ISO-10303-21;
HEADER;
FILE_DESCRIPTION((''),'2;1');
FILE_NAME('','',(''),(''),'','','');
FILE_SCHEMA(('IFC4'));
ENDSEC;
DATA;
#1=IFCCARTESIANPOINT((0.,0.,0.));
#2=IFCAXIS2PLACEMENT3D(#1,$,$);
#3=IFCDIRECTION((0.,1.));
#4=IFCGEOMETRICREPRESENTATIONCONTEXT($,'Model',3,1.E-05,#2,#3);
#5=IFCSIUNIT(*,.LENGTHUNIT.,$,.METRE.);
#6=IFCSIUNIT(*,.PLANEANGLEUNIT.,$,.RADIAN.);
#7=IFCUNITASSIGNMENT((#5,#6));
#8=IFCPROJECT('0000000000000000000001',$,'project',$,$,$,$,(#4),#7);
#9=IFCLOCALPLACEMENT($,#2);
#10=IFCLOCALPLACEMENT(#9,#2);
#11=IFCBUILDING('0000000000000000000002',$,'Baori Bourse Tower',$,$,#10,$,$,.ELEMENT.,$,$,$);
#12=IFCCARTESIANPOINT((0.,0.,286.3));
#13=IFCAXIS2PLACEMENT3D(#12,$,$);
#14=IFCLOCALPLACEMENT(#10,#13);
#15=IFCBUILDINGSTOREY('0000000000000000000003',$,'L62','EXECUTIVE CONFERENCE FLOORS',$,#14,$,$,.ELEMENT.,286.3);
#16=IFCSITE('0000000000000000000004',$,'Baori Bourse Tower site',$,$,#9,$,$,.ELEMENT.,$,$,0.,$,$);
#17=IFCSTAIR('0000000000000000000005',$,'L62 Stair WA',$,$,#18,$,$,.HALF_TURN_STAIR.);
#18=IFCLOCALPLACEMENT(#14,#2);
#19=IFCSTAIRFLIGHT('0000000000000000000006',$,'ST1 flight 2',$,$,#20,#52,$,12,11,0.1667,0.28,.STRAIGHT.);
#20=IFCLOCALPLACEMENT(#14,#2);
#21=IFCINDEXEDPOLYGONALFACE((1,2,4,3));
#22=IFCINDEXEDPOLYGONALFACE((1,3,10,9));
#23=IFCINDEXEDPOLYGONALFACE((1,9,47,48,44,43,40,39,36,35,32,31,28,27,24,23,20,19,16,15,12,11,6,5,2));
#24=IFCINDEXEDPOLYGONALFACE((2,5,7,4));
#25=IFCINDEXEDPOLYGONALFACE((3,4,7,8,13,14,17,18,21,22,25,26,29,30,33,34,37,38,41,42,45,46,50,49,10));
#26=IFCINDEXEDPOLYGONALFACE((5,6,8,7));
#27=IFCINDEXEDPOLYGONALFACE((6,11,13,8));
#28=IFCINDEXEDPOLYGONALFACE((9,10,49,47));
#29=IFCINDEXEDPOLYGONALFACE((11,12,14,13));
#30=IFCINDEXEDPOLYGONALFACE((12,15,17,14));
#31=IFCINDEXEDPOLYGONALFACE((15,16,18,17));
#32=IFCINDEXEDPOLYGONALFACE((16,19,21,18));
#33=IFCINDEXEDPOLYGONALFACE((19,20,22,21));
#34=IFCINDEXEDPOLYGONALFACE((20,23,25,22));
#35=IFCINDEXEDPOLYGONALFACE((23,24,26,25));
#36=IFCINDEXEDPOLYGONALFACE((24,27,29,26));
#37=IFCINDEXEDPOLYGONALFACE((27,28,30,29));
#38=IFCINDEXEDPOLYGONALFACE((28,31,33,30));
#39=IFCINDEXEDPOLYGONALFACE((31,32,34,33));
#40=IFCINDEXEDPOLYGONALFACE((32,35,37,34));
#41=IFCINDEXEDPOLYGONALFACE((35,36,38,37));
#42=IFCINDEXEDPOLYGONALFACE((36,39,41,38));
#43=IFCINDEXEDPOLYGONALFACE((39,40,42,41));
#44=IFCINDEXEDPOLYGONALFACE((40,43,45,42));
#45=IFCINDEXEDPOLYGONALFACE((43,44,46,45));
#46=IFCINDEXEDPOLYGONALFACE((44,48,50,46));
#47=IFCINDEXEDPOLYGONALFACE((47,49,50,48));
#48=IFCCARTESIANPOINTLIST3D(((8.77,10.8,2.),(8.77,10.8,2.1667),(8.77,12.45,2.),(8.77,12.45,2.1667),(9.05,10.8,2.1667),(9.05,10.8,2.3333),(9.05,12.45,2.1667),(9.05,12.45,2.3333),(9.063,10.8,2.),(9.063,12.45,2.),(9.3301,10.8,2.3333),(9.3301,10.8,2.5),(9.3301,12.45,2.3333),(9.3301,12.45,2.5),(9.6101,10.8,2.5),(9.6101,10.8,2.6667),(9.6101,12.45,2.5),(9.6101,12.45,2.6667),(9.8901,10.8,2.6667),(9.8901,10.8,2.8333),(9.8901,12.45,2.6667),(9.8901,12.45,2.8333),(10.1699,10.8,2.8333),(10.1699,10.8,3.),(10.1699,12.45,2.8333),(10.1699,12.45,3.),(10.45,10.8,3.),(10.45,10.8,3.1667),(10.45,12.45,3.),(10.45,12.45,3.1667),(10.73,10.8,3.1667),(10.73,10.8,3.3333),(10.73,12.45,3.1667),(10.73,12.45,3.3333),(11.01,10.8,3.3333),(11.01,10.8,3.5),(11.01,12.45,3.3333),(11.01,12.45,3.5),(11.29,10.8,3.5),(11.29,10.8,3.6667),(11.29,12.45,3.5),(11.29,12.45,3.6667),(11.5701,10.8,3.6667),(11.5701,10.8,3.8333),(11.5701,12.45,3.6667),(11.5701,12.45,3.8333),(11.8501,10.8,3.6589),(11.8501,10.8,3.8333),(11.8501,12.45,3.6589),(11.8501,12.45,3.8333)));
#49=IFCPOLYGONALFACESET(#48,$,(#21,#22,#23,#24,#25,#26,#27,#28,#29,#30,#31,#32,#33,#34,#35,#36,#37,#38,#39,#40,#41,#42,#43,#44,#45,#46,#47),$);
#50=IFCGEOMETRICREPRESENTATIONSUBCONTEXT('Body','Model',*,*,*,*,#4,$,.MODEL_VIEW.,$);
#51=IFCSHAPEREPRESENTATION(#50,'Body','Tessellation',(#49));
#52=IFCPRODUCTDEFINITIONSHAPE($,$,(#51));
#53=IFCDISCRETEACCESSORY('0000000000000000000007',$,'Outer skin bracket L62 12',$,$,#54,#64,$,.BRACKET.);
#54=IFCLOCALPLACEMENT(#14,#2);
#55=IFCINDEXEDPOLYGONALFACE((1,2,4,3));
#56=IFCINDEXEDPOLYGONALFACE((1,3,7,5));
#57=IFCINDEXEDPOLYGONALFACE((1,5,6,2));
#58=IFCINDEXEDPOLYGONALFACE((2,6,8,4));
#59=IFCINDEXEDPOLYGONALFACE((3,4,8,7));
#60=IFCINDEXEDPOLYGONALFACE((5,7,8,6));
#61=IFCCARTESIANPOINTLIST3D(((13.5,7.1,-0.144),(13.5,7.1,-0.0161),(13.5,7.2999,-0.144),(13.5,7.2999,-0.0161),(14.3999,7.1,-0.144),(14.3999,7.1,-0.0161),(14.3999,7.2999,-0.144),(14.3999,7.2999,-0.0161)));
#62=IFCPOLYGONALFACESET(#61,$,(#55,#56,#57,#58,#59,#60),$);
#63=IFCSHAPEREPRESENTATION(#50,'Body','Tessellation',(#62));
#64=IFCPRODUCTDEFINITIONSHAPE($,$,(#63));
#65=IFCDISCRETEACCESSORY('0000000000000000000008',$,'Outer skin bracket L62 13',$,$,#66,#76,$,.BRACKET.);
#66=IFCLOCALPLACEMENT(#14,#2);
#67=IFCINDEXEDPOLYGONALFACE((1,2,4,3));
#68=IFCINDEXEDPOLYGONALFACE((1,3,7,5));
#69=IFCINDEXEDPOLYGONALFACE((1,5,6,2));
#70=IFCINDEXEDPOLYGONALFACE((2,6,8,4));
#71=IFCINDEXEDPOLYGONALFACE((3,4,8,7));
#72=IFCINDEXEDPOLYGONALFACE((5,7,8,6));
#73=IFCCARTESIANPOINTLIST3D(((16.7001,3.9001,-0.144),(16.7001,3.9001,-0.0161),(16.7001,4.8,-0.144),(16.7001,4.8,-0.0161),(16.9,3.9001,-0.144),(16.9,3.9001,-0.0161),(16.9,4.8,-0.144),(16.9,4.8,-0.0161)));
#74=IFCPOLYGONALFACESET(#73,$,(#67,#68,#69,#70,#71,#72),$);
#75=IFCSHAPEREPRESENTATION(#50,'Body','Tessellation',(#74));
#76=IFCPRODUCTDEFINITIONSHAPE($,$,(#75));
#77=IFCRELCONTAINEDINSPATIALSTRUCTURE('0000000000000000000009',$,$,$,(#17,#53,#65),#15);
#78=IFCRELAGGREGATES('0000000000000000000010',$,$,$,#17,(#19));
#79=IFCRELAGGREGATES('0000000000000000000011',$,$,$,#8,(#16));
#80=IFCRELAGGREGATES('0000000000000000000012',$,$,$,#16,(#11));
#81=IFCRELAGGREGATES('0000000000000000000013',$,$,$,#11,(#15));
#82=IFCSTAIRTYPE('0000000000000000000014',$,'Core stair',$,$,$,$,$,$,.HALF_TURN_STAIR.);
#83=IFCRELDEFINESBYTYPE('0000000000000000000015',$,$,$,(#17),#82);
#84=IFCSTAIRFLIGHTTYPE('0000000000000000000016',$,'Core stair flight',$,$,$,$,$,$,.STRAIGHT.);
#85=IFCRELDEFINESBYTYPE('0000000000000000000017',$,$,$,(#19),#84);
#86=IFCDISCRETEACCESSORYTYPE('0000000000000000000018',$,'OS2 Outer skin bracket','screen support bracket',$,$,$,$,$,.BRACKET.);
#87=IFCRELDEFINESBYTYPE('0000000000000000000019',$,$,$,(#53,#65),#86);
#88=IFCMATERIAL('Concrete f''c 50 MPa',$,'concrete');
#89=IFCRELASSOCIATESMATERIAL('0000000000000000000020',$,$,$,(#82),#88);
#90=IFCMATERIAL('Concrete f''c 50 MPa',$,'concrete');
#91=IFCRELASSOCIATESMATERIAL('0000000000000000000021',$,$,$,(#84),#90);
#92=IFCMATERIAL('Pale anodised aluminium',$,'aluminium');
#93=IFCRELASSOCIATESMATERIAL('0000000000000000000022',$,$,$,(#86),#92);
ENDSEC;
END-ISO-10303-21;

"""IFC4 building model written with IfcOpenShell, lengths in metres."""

from ifc_helpers import new_model, si_unit, direction, frame, origin, origin_2d, place, context, subcontext, project, spatial, polyline, rectangle, outline, extrude, material, type_object, element, aggregate, save


model = new_model("IFC4")

# Units and contexts
model_context = context("Model", 3, precision=1e-05, world=origin(), true_north=direction((0.0, 1.0)))
body_context = subcontext(model_context, "Body", "Model", "MODEL_VIEW")
ifc_project = project(units=[si_unit("LENGTHUNIT", "METRE"), si_unit("PLANEANGLEUNIT", "RADIAN")], contexts=[model_context])

# Site, building, storey
site_placement = place(None, origin())
site = spatial("IfcSite", under=ifc_project, at=site_placement, Name="Baori Bourse Tower site", CompositionType="ELEMENT", RefElevation=0.0)
building_placement = place(site_placement, origin())
building = spatial("IfcBuilding", under=site, at=building_placement, Name="Baori Bourse Tower", CompositionType="ELEMENT")
storey_placement = place(building_placement, frame((0.0, 0.0, 286.3)))
storey = spatial("IfcBuildingStorey", under=building, at=storey_placement, Name="L62", Description="EXECUTIVE CONFERENCE FLOORS", CompositionType="ELEMENT", Elevation=286.3)

# Stair, stair flight
ifc_material_1 = material(Name="Concrete f'c 50 MPa", Category="concrete")
stair_type = type_object("IfcStairType", Name="Core stair", PredefinedType="HALF_TURN_STAIR", material=ifc_material_1)
stair_placement = place(storey_placement, origin())
stair = element("IfcStair", 1, at=stair_placement, inside=storey, type_object=stair_type, Name="L62 Stair WA", PredefinedType="HALF_TURN_STAIR")
ifc_material_2 = material(Name="Concrete f'c 50 MPa", Category="concrete")
stair_flight_type = type_object("IfcStairFlightType", Name="Core stair flight", PredefinedType="STRAIGHT", material=ifc_material_2)
stair_flight_1_placement = place(storey_placement, frame((8.77, 11.625, 2.0), z_axis=(0.0, 0.0, 1.0), x_axis=(1.0, 0.0, 0.0)))
stair_flight_1 = element("IfcStairFlight", 2, at=stair_flight_1_placement, type_object=stair_flight_type, Name="ST1 flight 2", NumberOfRisers=12, NumberOfTreads=11, PredefinedType="STRAIGHT", RiserHeight=0.1667, TreadLength=0.28, context=body_context, shape_type="SweptSolid", body=[
    extrude(outline(polyline([(0.0, 0.0), (0.0, 0.1667), (0.28, 0.1667), (0.28, 0.3333), (0.5601, 0.3333), (0.5601, 0.5), (0.8401, 0.5), (0.8401, 0.6667), (1.1201, 0.6667), (1.1201, 0.8333), (1.3999, 0.8333), (1.3999, 1.0), (1.6799, 1.0), (1.6799, 1.1667), (1.96, 1.1667), (1.96, 1.3333), (2.24, 1.3333), (2.24, 1.5), (2.52, 1.5), (2.52, 1.6667), (2.8, 1.6667), (2.8, 1.8333), (3.0801, 1.8333), (3.0801, 2.0), (3.0801, 1.6589), (0.293, 0.0), (0.0, 0.0)])), frame((0.0, 0.825, 0.0), z_axis=(0.0, -1.0, 0.0), x_axis=(1.0, 0.0, 0.0)), (0.0, 0.0, 1.0), 1.6499),
])
aggregate(stair, [stair_flight_1])

# Discrete accessories
ifc_material_3 = material(Name="Pale anodised aluminium", Category="aluminium")
discrete_accessory_type = type_object("IfcDiscreteAccessoryType", Name="OS2 Outer skin bracket", Description="screen support bracket", PredefinedType="BRACKET", material=ifc_material_3)
for number, where, z_axis, x_axis, name in (
    (3, (13.95, 7.2, -0.144), (0.0, 0.0, 1.0), (0.0, -1.0, 0.0), "Outer skin bracket L62 12"),
    (4, (16.8, 4.3501, -0.144), (0.0, 0.0, 1.0), (1.0, 0.0, 0.0), "Outer skin bracket L62 13"),
):
    element("IfcDiscreteAccessory", number, at=place(storey_placement, frame(where, z_axis=z_axis, x_axis=x_axis)), inside=storey, type_object=discrete_accessory_type, Name=name, PredefinedType="BRACKET", context=body_context, shape_type="SweptSolid", body=[
        extrude(rectangle(XDim=0.2, YDim=0.8999, at=origin_2d()), origin(), (0.0, 0.0, 1.0), 0.1279),
    ])

save(model, "model.ifc")
